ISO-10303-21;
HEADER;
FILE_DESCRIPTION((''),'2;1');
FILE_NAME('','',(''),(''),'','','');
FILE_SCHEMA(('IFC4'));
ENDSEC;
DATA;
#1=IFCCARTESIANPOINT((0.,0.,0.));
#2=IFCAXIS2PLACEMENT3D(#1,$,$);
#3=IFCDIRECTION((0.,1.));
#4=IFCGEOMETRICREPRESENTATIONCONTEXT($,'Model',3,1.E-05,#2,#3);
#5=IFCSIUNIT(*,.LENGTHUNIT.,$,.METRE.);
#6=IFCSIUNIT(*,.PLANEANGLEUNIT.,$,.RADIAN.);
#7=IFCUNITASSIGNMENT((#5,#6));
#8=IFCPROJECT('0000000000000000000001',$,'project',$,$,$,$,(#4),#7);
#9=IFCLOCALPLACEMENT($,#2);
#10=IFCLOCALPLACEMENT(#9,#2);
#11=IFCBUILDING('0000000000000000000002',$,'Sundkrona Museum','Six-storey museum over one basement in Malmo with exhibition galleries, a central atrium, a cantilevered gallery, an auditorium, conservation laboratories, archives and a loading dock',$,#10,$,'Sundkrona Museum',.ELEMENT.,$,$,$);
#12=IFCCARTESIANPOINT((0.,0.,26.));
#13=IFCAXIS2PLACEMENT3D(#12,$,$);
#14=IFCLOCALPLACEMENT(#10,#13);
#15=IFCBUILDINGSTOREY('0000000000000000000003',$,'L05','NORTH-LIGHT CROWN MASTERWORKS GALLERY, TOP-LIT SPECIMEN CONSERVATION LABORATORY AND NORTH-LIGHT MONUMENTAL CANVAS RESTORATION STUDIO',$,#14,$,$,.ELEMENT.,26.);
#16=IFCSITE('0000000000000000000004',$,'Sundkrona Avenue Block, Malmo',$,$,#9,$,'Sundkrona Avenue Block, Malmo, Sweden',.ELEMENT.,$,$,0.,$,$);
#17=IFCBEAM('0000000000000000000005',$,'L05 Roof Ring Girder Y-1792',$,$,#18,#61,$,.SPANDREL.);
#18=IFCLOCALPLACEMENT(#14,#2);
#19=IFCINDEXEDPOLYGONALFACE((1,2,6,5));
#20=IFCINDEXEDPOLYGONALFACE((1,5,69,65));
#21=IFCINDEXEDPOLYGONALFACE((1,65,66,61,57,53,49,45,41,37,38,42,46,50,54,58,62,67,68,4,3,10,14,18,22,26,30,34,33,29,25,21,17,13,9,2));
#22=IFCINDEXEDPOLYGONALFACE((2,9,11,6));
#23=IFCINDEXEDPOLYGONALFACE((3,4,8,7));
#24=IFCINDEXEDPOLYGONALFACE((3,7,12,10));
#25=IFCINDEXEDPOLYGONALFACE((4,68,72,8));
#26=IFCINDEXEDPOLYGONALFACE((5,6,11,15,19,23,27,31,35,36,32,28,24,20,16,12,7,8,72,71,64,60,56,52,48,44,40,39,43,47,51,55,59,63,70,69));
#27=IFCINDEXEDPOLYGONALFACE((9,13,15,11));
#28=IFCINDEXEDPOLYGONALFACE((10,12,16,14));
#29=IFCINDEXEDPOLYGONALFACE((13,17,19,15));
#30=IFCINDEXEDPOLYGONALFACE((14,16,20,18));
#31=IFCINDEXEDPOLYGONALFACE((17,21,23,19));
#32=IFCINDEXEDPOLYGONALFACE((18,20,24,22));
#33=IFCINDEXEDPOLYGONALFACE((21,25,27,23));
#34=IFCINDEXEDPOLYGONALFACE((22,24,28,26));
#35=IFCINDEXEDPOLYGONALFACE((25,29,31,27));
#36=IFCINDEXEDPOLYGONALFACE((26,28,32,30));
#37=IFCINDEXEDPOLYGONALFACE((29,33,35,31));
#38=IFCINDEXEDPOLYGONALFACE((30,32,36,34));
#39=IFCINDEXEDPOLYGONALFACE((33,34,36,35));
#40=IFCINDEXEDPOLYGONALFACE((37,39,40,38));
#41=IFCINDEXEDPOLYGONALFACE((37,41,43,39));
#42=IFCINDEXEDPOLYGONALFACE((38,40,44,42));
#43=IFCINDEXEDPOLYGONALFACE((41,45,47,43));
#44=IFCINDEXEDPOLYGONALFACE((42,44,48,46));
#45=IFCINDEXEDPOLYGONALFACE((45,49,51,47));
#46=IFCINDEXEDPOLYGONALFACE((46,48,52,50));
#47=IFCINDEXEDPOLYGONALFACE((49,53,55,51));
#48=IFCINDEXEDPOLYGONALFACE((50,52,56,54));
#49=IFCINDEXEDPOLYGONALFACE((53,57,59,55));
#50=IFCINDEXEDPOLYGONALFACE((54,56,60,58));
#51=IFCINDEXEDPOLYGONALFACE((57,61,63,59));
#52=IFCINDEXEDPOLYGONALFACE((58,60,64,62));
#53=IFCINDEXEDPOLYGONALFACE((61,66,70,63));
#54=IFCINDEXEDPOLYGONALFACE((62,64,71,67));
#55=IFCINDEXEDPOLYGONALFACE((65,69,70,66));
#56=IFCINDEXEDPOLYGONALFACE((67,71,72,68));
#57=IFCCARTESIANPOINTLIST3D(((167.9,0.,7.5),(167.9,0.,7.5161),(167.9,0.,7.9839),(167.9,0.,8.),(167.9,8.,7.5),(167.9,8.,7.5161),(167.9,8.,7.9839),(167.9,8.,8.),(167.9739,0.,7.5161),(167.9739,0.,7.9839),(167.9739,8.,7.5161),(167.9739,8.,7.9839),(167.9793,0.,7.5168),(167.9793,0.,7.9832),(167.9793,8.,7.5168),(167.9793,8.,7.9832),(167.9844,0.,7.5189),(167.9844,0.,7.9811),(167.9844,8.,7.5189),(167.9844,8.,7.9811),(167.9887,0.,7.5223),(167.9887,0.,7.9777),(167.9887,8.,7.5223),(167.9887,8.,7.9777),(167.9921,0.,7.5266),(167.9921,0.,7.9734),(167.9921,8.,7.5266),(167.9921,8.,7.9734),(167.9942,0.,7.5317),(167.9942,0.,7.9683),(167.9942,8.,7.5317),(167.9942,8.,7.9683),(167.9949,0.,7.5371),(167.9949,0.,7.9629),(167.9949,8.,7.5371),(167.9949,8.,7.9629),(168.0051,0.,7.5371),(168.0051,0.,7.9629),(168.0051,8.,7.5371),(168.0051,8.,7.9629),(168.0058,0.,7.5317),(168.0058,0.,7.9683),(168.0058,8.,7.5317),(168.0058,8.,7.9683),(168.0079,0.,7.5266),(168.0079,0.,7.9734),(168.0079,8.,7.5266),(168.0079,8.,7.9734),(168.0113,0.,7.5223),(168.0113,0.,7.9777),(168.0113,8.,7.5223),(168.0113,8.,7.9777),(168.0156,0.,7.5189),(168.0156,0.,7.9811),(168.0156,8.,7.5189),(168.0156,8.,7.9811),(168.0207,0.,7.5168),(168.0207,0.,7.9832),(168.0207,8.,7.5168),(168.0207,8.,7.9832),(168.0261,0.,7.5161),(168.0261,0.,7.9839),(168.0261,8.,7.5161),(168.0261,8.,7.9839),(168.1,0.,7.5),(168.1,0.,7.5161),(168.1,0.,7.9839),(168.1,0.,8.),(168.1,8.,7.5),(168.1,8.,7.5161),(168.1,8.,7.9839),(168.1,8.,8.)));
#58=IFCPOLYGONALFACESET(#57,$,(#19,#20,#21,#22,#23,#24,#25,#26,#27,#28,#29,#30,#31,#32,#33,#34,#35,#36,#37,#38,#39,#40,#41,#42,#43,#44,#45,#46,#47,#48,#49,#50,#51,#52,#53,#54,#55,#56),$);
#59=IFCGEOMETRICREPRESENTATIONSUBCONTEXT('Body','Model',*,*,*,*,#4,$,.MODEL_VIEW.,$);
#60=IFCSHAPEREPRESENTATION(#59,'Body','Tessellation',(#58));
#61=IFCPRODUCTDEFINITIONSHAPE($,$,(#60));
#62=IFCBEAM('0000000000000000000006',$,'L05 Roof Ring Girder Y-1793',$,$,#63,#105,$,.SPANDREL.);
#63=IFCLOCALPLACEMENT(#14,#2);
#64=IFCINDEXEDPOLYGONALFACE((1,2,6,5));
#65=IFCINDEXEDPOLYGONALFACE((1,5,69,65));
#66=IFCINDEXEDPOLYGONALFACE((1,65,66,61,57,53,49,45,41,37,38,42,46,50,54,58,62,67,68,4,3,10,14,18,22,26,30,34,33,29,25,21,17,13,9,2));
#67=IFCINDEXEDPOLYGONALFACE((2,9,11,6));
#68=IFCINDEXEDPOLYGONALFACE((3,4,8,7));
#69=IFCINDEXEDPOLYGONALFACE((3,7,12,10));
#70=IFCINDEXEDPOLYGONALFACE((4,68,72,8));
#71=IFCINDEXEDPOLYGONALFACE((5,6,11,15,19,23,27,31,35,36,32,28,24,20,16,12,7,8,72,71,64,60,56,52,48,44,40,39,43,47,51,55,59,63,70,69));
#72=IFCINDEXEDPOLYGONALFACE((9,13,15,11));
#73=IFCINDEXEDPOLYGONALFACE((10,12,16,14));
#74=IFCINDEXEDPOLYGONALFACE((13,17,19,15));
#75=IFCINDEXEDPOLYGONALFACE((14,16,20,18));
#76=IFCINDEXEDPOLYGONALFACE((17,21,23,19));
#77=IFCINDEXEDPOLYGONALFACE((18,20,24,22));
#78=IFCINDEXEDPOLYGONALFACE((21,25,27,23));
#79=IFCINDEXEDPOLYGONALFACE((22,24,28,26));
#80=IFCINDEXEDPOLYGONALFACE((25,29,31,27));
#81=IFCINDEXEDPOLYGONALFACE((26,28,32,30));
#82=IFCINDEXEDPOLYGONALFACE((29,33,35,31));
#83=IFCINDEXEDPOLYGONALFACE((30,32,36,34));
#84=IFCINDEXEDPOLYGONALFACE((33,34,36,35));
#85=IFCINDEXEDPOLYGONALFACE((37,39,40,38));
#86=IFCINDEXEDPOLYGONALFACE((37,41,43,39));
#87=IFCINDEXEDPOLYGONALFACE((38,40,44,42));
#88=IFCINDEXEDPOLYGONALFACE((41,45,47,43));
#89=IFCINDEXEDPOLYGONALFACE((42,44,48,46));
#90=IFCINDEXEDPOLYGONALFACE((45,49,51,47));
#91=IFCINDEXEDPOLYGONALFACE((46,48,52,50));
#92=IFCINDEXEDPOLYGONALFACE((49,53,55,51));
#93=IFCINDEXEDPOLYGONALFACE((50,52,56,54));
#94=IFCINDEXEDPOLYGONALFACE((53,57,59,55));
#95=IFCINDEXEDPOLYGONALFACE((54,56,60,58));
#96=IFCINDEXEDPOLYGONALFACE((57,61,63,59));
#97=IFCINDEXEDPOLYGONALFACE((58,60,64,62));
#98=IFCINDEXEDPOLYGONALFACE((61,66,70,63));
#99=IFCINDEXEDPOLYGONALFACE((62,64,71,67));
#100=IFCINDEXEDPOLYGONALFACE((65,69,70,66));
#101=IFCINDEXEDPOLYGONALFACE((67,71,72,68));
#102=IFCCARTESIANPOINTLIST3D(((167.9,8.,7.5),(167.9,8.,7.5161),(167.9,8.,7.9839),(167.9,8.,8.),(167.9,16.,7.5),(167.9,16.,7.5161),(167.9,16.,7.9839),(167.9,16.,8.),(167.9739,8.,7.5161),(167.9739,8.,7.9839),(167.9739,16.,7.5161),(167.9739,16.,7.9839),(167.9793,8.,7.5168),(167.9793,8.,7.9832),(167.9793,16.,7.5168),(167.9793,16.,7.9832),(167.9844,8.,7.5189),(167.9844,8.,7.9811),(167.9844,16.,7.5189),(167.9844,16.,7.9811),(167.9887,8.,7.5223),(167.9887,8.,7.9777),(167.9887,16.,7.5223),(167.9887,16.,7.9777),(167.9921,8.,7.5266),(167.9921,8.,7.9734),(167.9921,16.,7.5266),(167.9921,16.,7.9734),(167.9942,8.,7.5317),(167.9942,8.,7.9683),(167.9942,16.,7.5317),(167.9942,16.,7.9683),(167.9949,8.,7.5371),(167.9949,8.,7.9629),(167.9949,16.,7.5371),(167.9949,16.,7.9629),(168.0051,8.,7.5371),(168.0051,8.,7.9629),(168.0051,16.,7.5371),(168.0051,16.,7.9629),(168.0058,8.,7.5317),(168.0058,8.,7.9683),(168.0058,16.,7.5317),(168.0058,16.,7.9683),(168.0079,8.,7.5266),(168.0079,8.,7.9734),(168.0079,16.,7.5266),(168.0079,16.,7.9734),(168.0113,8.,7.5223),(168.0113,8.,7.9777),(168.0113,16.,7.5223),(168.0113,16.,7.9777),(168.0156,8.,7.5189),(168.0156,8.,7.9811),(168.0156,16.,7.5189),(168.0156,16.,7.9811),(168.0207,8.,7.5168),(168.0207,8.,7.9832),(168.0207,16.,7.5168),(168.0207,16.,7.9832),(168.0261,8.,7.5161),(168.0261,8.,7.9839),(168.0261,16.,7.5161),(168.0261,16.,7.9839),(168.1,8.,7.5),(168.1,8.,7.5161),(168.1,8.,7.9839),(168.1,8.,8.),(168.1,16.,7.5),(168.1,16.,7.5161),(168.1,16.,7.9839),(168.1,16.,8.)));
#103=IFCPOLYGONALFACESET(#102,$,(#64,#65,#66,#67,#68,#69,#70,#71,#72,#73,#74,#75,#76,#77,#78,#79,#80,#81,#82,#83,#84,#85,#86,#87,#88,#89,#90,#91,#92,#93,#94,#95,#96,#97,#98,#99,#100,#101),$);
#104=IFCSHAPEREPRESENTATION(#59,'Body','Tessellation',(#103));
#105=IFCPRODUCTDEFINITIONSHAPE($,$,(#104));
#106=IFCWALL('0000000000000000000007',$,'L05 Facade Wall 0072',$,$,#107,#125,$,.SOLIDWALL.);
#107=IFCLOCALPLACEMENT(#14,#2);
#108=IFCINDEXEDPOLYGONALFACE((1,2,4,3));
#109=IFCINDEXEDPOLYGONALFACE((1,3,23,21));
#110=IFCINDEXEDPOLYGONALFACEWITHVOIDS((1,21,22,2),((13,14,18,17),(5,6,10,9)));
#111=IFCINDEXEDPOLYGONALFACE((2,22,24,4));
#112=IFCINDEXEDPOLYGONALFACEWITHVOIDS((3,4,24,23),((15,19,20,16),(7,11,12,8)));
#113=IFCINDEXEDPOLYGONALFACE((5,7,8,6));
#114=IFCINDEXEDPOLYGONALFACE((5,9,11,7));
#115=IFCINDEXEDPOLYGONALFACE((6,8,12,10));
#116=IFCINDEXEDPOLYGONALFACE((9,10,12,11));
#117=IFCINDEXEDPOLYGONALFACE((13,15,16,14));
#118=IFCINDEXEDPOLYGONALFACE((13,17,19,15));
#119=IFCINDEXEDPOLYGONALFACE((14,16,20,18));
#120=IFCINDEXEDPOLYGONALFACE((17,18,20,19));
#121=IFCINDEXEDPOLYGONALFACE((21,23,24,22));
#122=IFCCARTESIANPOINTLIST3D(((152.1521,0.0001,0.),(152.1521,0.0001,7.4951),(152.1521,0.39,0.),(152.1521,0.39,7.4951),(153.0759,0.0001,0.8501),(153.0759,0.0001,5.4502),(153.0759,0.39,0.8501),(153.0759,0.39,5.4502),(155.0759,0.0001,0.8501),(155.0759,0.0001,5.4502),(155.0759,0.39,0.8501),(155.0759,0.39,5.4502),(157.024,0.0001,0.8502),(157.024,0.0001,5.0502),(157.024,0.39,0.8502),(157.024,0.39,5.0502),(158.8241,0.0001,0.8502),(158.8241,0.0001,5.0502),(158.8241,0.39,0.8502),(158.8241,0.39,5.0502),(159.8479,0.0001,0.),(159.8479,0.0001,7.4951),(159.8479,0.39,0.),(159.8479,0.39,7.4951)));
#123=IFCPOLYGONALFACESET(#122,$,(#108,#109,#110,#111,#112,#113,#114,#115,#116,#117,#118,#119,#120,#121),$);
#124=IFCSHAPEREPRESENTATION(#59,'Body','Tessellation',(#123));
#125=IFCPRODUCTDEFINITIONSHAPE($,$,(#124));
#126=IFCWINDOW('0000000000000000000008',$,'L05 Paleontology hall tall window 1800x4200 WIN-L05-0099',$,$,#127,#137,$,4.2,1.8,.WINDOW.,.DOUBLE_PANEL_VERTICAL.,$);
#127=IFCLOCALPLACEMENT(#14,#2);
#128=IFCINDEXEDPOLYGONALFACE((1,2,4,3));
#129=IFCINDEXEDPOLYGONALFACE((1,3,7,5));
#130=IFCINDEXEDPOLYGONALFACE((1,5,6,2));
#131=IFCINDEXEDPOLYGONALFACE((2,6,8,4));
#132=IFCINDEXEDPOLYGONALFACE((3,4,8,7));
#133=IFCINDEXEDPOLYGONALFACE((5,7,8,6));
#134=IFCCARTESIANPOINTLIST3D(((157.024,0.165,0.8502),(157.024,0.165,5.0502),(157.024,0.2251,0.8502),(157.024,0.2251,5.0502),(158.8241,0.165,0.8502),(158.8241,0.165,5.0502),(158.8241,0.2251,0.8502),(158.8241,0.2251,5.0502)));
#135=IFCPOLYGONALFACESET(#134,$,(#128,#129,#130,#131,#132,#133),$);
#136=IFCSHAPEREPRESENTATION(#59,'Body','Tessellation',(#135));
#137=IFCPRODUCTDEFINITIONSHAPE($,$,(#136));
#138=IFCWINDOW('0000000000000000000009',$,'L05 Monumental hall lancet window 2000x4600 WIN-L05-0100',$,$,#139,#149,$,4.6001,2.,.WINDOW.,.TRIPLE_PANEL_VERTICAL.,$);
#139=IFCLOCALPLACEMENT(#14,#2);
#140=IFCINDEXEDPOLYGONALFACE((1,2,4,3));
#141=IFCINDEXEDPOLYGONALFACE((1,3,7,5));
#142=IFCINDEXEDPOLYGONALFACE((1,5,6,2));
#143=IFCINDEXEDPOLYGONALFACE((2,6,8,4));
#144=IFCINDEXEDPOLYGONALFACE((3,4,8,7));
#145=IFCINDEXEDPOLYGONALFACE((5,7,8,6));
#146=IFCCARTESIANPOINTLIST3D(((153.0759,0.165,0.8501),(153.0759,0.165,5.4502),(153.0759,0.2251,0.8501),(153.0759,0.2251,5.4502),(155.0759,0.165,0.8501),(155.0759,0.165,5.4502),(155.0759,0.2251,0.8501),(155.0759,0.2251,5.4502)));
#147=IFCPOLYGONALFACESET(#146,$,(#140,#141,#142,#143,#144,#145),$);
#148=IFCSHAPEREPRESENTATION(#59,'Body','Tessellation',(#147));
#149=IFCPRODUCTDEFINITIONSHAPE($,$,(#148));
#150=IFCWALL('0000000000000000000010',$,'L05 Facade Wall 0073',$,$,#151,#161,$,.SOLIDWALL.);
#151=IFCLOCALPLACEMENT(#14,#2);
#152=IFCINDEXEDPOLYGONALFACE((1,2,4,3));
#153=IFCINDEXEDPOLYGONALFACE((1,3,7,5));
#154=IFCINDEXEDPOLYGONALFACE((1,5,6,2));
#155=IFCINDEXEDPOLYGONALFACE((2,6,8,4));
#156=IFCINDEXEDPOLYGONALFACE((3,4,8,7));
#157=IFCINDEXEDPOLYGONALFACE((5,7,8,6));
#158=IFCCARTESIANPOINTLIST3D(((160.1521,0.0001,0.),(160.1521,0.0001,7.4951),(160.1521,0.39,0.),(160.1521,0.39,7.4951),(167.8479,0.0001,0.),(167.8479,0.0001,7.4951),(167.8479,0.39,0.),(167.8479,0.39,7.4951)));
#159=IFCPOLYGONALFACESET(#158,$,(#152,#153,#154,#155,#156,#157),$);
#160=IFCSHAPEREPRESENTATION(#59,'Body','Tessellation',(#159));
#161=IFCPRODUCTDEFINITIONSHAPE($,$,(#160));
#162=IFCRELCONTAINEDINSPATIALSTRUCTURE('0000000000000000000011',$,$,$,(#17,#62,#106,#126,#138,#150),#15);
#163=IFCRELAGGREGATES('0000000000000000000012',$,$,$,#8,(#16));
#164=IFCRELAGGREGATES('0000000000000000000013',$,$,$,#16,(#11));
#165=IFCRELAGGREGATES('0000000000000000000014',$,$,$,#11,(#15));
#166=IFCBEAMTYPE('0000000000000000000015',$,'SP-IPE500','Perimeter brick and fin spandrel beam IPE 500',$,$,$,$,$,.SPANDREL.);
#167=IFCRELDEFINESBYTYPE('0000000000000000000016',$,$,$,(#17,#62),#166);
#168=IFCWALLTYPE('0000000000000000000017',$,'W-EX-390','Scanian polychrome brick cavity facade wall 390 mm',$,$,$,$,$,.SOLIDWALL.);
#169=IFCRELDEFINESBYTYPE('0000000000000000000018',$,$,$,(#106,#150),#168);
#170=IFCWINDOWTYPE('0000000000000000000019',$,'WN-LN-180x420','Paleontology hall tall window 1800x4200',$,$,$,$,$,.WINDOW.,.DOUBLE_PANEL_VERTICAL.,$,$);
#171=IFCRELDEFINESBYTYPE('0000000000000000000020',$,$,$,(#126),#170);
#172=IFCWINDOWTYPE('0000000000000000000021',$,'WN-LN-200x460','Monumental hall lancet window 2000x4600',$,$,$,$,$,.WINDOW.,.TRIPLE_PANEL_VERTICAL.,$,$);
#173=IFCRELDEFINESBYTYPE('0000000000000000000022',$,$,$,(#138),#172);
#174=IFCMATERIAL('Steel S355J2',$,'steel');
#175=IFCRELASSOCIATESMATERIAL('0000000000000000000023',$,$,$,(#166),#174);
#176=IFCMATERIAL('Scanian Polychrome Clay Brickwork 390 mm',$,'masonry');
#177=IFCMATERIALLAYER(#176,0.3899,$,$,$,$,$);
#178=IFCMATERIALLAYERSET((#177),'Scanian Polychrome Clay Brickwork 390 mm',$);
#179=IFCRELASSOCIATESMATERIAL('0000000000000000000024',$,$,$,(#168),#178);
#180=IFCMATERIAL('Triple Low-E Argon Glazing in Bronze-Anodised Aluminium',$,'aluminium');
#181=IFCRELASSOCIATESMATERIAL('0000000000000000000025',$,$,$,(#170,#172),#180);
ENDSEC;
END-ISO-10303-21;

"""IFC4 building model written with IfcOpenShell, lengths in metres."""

from ifc_helpers import new_model, si_unit, direction, frame, frame_2d, origin, origin_2d, place, context, subcontext, project, spatial, rectangle, i_section, extrude, material, layer, layer_set, material_profile, profile_set, type_object, element, fill, save


model = new_model("IFC4")

# Units and contexts
model_context = context("Model", 3, precision=1e-05, world=origin(), true_north=direction((0.0, 1.0)))
body_context = subcontext(model_context, "Body", "Model", "MODEL_VIEW")
ifc_project = project(units=[si_unit("LENGTHUNIT", "METRE"), si_unit("PLANEANGLEUNIT", "RADIAN")], contexts=[model_context])

# Site, building, storey
site_placement = place(None, origin())
site = spatial("IfcSite", under=ifc_project, at=site_placement, Name="Sundkrona Avenue Block, Malmo", LongName="Sundkrona Avenue Block, Malmo, Sweden", CompositionType="ELEMENT", RefElevation=0.0)
building_placement = place(site_placement, origin())
building = spatial("IfcBuilding", under=site, at=building_placement, Name="Sundkrona Museum", Description="Six-storey museum over one basement in Malmo with exhibition galleries, a central atrium, a cantilevered gallery, an auditorium, conservation laboratories, archives and a loading dock", LongName="Sundkrona Museum", CompositionType="ELEMENT")
storey_placement = place(building_placement, frame((0.0, 0.0, 26.0)))
storey = spatial("IfcBuildingStorey", under=building, at=storey_placement, Name="L05", Description="NORTH-LIGHT CROWN MASTERWORKS GALLERY, TOP-LIT SPECIMEN CONSERVATION LABORATORY AND NORTH-LIGHT MONUMENTAL CANVAS RESTORATION STUDIO", CompositionType="ELEMENT", Elevation=26.0)

# Shared definitions
ifc_material_1 = material(Name="Steel S355J2", Category="steel")

# Beams
ifc_material_profile_1 = material_profile(ifc_material_1, i_section(OverallWidth=0.2, OverallDepth=0.5, WebThickness=0.0103, FlangeThickness=0.0161, FilletRadius=0.021, at=origin_2d()), Name="IPE 500")
ifc_profile_set_1 = profile_set([ifc_material_profile_1], Name="Steel S355J2")
beam_type = type_object("IfcBeamType", Name="SP-IPE500", Description="Perimeter brick and fin spandrel beam IPE 500", PredefinedType="SPANDREL", material=ifc_profile_set_1)
for number, where, z_axis, x_axis, name in (
    (1, (168.0, 0.0, 7.75), (0.0, 1.0, 0.0), (-1.0, 0.0, 0.0), "L05 Roof Ring Girder Y-1792"),
    (2, (168.0, 8.0, 7.75), (0.0, 1.0, 0.0), (-1.0, 0.0, 0.0), "L05 Roof Ring Girder Y-1793"),
):
    element("IfcBeam", number, at=place(storey_placement, frame(where, z_axis=z_axis, x_axis=x_axis)), inside=storey, type_object=beam_type, Name=name, PredefinedType="SPANDREL", context=body_context, shape_type="SweptSolid", body=[
        extrude(i_section(OverallWidth=0.2, OverallDepth=0.5, WebThickness=0.0103, FlangeThickness=0.0161, FilletRadius=0.021, at=origin_2d()), origin(), (0.0, 0.0, 1.0), 8.0),
    ])

# Wall, openings, windows
ifc_material_2 = material(Name="Scanian Polychrome Clay Brickwork 390 mm", Category="masonry")
ifc_layer_1 = layer(ifc_material_2, 0.3899)
ifc_layer_set_1 = layer_set([ifc_layer_1], Name="Scanian Polychrome Clay Brickwork 390 mm")
wall_type_1 = type_object("IfcWallType", Name="W-EX-390", Description="Scanian polychrome brick cavity facade wall 390 mm", PredefinedType="SOLIDWALL", material=ifc_layer_set_1)
wall_1_placement = place(storey_placement, frame((159.8479, 0.1951, 0.0), z_axis=(0.0, 0.0, 1.0), x_axis=(-1.0, 0.0, 0.0)))
wall_1 = element("IfcWall", 3, at=wall_1_placement, inside=storey, type_object=wall_type_1, Name="L05 Facade Wall 0072", PredefinedType="SOLIDWALL", context=body_context, shape_type="SweptSolid", body=[
    extrude(rectangle(XDim=7.6958, YDim=0.3899, at=frame_2d((3.8479, 0.0))), origin(), (0.0, 0.0, 1.0), 7.4951),
])
opening_1_placement = place(wall_1_placement, frame((1.0239, 0.0, 0.8501)))
opening_1 = element("IfcOpeningElement", 4, at=opening_1_placement, cuts=wall_1, PredefinedType="OPENING", context=body_context, shape_type="SweptSolid", body=[
    extrude(rectangle(XDim=1.8, YDim=4.2, at=frame_2d((0.8999, 2.1001))), frame((0.0, 0.2048, 0.0), z_axis=(0.0, -1.0, 0.0), x_axis=(1.0, 0.0, 0.0)), (0.0, 0.0, 1.0), 0.4099),
])
opening_2_placement = place(wall_1_placement, frame((4.772, 0.0, 0.8501)))
opening_2 = element("IfcOpeningElement", 5, at=opening_2_placement, cuts=wall_1, PredefinedType="OPENING", context=body_context, shape_type="SweptSolid", body=[
    extrude(rectangle(XDim=2.0, YDim=4.6001, at=frame_2d((1.0, 2.3))), frame((0.0, 0.2048, 0.0), z_axis=(0.0, -1.0, 0.0), x_axis=(1.0, 0.0, 0.0)), (0.0, 0.0, 1.0), 0.4099),
])
ifc_material_3 = material(Name="Triple Low-E Argon Glazing in Bronze-Anodised Aluminium", Category="aluminium")
window_type_1 = type_object("IfcWindowType", Name="WN-LN-180x420", Description="Paleontology hall tall window 1800x4200", PartitioningType="DOUBLE_PANEL_VERTICAL", PredefinedType="WINDOW", material=ifc_material_3)
window_1_placement = place(opening_1_placement, origin())
window_1 = element("IfcWindow", 6, at=window_1_placement, inside=storey, type_object=window_type_1, Name="L05 Paleontology hall tall window 1800x4200 WIN-L05-0099", OverallHeight=4.2, OverallWidth=1.8, PartitioningType="DOUBLE_PANEL_VERTICAL", PredefinedType="WINDOW", context=body_context, shape_type="SweptSolid", body=[
    extrude(rectangle(XDim=1.8, YDim=4.2, at=frame_2d((0.8999, 2.1001))), frame((0.0, 0.03, 0.0), z_axis=(0.0, -1.0, 0.0), x_axis=(1.0, 0.0, 0.0)), (0.0, 0.0, 1.0), 0.0601),
])
fill(opening_1, window_1)
window_type_2 = type_object("IfcWindowType", Name="WN-LN-200x460", Description="Monumental hall lancet window 2000x4600", PartitioningType="TRIPLE_PANEL_VERTICAL", PredefinedType="WINDOW", material=ifc_material_3)
window_2_placement = place(opening_2_placement, origin())
window_2 = element("IfcWindow", 7, at=window_2_placement, inside=storey, type_object=window_type_2, Name="L05 Monumental hall lancet window 2000x4600 WIN-L05-0100", OverallHeight=4.6001, OverallWidth=2.0, PartitioningType="TRIPLE_PANEL_VERTICAL", PredefinedType="WINDOW", context=body_context, shape_type="SweptSolid", body=[
    extrude(rectangle(XDim=2.0, YDim=4.6001, at=frame_2d((1.0, 2.3))), frame((0.0, 0.03, 0.0), z_axis=(0.0, -1.0, 0.0), x_axis=(1.0, 0.0, 0.0)), (0.0, 0.0, 1.0), 0.0601),
])
fill(opening_2, window_2)

# Wall
wall_2_placement = place(storey_placement, frame((167.8479, 0.1951, 0.0), z_axis=(0.0, 0.0, 1.0), x_axis=(-1.0, 0.0, 0.0)))
element("IfcWall", 8, at=wall_2_placement, inside=storey, type_object=wall_type_1, Name="L05 Facade Wall 0073", PredefinedType="SOLIDWALL", context=body_context, shape_type="SweptSolid", body=[
    extrude(rectangle(XDim=7.6958, YDim=0.3899, at=frame_2d((3.8479, 0.0))), origin(), (0.0, 0.0, 1.0), 7.4951),
])

save(model, "model.ifc")
